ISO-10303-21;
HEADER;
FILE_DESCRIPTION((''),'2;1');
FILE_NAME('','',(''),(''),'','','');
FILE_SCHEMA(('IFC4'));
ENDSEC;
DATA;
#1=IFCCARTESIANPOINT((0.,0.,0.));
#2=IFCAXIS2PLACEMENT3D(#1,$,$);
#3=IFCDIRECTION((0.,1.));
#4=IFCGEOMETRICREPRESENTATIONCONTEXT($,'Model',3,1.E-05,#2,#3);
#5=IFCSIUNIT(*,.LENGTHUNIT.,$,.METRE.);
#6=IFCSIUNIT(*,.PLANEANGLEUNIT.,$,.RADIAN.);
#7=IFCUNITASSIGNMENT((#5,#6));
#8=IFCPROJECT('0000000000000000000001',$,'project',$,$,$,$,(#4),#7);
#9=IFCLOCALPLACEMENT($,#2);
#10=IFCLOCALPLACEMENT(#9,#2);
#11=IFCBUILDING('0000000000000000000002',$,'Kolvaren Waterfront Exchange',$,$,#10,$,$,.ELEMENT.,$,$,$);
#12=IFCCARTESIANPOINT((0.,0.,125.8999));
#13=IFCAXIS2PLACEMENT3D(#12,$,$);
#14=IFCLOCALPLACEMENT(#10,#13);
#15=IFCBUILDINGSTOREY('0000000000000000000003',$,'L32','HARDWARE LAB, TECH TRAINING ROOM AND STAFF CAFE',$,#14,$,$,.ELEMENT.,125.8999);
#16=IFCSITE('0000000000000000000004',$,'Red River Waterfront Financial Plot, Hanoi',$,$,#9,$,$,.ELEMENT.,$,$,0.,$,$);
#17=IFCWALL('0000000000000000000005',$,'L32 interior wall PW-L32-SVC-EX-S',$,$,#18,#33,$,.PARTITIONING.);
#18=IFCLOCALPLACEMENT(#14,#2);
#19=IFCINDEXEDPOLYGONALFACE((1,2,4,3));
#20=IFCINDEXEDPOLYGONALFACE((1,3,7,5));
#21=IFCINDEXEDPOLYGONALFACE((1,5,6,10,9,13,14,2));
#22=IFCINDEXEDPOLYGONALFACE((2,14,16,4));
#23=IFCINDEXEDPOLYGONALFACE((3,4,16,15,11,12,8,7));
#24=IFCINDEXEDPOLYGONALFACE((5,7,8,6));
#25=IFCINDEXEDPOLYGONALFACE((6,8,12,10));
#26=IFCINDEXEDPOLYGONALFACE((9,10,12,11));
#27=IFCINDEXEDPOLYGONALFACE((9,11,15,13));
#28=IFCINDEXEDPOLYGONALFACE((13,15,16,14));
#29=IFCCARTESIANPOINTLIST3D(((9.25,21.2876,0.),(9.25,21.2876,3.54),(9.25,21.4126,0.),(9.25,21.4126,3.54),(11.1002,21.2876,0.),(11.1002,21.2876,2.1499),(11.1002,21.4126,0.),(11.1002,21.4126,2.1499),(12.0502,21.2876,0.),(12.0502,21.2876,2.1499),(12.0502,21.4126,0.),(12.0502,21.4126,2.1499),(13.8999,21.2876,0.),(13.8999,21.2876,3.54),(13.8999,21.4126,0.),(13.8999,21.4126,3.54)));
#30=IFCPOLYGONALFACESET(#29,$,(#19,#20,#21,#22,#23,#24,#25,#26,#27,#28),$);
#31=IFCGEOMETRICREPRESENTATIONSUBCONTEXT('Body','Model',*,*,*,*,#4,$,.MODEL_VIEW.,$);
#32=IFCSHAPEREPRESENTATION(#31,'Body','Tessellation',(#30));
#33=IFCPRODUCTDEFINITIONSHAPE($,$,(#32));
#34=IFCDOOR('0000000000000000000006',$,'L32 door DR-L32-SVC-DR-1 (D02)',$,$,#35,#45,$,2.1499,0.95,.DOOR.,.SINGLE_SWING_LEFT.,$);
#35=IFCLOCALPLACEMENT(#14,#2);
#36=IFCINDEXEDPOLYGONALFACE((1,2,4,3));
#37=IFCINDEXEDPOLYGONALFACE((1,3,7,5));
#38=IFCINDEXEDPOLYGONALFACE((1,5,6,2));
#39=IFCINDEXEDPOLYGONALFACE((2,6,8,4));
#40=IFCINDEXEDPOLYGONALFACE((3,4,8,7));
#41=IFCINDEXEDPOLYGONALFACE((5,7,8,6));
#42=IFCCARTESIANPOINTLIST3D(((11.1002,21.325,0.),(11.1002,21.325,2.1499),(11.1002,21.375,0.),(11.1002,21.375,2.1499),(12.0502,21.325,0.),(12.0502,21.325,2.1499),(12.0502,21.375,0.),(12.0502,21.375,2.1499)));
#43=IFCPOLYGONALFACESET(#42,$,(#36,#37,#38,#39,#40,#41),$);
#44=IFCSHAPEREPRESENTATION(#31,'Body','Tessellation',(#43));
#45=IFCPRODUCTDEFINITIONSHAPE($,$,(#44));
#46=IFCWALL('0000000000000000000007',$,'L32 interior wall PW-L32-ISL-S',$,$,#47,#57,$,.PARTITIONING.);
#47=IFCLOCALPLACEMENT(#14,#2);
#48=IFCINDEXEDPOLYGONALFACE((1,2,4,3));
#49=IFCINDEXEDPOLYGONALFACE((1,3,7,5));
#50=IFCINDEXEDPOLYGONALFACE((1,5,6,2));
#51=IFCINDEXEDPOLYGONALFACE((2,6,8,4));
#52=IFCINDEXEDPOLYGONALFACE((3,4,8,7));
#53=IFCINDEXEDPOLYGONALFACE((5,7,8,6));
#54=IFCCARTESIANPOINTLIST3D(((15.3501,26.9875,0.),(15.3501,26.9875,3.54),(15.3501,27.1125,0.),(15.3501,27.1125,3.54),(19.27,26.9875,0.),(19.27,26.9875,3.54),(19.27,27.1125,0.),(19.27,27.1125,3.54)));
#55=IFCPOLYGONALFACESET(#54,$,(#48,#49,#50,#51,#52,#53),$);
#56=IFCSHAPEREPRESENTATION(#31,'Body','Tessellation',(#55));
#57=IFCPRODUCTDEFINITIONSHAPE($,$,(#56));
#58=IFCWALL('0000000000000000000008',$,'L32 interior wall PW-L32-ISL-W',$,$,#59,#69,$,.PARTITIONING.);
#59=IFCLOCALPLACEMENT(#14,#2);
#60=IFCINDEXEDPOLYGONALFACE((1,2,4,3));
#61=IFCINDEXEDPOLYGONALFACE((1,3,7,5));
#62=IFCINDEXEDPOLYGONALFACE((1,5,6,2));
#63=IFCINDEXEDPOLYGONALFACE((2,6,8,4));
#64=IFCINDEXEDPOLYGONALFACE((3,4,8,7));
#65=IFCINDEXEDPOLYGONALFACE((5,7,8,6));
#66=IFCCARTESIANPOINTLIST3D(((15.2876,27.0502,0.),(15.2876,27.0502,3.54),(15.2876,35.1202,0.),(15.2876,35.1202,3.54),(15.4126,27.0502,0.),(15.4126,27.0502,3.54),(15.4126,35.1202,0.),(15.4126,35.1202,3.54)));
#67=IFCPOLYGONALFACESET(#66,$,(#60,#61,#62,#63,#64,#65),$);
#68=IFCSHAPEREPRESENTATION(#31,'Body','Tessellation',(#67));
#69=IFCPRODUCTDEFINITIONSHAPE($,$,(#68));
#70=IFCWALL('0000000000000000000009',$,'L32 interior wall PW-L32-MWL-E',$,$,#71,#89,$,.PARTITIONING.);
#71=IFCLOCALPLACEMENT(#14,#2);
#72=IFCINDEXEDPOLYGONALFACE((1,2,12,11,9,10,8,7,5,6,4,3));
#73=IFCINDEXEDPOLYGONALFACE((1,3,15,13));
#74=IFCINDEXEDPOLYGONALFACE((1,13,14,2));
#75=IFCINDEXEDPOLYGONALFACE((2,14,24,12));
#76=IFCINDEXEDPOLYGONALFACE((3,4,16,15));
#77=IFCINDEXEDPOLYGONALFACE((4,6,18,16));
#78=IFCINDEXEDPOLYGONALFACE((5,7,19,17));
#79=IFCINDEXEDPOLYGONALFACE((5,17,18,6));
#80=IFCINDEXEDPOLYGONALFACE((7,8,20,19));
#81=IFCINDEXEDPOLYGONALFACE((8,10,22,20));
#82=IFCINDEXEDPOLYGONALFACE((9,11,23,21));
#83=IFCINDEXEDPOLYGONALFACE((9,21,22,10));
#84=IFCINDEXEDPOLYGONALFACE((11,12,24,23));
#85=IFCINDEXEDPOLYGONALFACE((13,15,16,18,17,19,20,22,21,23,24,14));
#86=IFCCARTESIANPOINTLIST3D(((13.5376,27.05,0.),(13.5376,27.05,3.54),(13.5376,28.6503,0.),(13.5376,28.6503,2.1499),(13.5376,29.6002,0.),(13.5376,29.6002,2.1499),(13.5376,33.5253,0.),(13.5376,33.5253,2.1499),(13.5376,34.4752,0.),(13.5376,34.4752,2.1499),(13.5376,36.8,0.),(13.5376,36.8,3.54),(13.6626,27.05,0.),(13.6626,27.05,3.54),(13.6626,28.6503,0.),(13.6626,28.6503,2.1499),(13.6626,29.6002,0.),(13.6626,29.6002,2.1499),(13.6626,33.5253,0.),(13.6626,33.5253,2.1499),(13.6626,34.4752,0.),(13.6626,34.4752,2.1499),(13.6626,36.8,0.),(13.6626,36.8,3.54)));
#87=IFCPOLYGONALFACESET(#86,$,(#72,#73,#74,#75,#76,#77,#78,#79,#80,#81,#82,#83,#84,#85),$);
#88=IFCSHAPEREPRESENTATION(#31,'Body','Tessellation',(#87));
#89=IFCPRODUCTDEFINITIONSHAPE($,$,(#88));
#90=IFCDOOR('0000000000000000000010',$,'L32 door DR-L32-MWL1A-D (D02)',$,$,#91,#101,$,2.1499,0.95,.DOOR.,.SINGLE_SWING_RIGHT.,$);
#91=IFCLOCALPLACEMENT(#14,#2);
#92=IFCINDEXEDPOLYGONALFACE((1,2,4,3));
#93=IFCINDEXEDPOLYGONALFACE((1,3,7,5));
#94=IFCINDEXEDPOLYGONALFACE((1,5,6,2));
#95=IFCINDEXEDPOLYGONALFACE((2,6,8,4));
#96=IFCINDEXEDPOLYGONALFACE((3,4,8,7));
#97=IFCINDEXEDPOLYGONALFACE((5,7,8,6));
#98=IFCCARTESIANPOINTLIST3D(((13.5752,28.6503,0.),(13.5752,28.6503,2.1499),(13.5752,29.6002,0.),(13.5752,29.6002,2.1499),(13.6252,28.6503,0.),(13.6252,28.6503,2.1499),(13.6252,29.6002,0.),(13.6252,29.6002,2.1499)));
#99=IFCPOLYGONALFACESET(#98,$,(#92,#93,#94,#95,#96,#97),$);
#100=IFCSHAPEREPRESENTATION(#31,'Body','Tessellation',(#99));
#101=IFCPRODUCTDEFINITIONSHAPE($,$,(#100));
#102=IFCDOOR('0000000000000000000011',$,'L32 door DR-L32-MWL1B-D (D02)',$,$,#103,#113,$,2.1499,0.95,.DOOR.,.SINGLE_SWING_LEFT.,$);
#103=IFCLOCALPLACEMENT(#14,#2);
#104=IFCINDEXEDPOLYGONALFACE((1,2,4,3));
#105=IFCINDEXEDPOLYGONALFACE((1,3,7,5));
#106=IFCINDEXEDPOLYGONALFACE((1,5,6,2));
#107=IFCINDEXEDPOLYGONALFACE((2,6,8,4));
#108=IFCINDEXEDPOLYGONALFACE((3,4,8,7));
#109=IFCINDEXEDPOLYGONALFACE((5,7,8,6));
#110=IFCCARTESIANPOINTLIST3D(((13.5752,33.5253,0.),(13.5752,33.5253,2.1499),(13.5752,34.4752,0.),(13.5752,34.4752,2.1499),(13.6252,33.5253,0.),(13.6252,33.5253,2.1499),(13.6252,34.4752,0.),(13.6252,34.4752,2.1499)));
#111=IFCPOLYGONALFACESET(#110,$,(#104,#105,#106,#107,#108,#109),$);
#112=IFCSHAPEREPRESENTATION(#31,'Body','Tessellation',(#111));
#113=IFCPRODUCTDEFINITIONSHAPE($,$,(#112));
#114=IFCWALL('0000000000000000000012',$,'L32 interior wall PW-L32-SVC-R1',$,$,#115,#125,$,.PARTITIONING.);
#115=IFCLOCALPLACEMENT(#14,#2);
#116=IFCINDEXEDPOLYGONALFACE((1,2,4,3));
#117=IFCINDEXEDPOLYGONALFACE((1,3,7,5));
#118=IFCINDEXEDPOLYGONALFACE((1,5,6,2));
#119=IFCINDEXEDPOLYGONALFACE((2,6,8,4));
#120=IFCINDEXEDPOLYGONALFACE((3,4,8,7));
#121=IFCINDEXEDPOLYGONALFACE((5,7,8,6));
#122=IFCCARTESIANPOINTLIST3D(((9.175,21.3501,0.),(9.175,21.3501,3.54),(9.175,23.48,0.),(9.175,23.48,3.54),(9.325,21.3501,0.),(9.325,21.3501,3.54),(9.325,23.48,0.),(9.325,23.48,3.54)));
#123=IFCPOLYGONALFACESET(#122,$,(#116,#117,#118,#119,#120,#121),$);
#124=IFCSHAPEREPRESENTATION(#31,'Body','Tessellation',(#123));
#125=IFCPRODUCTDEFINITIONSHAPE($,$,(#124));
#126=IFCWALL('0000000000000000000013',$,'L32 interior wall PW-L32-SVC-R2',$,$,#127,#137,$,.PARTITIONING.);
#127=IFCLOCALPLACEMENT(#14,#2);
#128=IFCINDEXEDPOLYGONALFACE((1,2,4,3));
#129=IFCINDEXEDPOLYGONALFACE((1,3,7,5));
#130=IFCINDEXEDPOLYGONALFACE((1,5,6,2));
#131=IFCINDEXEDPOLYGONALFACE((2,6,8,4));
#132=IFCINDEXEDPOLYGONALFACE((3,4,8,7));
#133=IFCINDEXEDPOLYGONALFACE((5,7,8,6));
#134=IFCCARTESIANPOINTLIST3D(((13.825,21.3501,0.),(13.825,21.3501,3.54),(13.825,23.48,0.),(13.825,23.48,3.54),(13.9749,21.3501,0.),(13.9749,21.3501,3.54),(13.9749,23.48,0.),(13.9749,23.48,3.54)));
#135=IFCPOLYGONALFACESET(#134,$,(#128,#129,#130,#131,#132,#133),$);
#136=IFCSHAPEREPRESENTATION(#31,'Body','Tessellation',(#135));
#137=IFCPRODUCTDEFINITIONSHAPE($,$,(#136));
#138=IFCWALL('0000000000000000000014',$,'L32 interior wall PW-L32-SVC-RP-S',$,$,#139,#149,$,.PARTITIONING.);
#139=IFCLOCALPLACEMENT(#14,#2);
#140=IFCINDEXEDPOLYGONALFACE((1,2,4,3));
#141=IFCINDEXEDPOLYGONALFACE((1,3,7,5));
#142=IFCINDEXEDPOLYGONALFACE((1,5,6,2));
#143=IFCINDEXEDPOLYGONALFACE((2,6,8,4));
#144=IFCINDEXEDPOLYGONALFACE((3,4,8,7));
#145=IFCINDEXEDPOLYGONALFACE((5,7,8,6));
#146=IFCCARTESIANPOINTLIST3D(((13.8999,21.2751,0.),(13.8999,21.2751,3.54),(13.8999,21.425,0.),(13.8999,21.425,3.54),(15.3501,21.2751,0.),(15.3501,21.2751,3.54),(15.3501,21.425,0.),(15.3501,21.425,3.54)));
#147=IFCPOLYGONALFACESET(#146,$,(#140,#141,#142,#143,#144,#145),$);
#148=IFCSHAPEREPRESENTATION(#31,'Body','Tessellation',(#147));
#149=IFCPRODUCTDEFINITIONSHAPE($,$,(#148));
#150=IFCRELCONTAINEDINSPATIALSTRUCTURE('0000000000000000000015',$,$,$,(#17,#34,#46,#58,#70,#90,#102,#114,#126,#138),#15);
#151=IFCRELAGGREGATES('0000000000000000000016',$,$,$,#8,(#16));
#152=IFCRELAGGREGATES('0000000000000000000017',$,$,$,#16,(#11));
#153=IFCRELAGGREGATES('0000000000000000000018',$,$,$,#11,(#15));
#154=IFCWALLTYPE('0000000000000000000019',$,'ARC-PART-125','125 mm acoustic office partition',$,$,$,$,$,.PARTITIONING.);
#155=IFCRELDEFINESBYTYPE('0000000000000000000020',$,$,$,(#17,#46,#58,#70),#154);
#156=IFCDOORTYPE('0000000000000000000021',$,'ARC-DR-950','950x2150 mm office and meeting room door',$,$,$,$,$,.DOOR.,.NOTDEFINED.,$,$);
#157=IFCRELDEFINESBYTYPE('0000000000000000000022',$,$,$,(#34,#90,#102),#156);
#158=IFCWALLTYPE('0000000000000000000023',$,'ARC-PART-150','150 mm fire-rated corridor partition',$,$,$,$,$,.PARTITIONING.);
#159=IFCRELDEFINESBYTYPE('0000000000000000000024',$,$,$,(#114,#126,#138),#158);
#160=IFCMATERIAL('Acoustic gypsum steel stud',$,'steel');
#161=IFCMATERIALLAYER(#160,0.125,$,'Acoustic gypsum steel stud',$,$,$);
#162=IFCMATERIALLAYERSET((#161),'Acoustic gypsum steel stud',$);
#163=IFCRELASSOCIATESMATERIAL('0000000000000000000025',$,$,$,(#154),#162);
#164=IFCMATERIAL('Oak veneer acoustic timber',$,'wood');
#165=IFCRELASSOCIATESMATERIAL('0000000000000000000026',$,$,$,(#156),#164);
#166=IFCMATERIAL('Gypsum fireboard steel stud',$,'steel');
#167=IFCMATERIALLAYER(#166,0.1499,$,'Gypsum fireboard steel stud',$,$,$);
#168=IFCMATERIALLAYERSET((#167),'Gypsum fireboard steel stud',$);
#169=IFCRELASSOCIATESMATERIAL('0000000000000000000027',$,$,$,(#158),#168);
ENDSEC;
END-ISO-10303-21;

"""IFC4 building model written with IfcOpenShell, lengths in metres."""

from ifc_helpers import new_model, si_unit, direction, frame, frame_2d, origin, place, context, subcontext, project, spatial, rectangle, extrude, material, layer, layer_set, type_object, element, fill, save


model = new_model("IFC4")

# Units and contexts
model_context = context("Model", 3, precision=1e-05, world=origin(), true_north=direction((0.0, 1.0)))
body_context = subcontext(model_context, "Body", "Model", "MODEL_VIEW")
ifc_project = project(units=[si_unit("LENGTHUNIT", "METRE"), si_unit("PLANEANGLEUNIT", "RADIAN")], contexts=[model_context])

# Site, building, storey
site_placement = place(None, origin())
site = spatial("IfcSite", under=ifc_project, at=site_placement, Name="Red River Waterfront Financial Plot, Hanoi", CompositionType="ELEMENT", RefElevation=0.0)
building_placement = place(site_placement, origin())
building = spatial("IfcBuilding", under=site, at=building_placement, Name="Kolvaren Waterfront Exchange", CompositionType="ELEMENT")
storey_placement = place(building_placement, frame((0.0, 0.0, 125.8999)))
storey = spatial("IfcBuildingStorey", under=building, at=storey_placement, Name="L32", Description="HARDWARE LAB, TECH TRAINING ROOM AND STAFF CAFE", CompositionType="ELEMENT", Elevation=125.8999)

# Wall, opening, door
ifc_material_1 = material(Name="Acoustic gypsum steel stud", Category="steel")
ifc_layer_1 = layer(ifc_material_1, 0.125, Name="Acoustic gypsum steel stud")
ifc_layer_set_1 = layer_set([ifc_layer_1], Name="Acoustic gypsum steel stud")
wall_type_1 = type_object("IfcWallType", Name="ARC-PART-125", Description="125 mm acoustic office partition", PredefinedType="PARTITIONING", material=ifc_layer_set_1)
wall_1_placement = place(storey_placement, frame((9.25, 21.3501, 0.0), z_axis=(0.0, 0.0, 1.0), x_axis=(1.0, 0.0, 0.0)))
wall_1 = element("IfcWall", 1, at=wall_1_placement, inside=storey, type_object=wall_type_1, Name="L32 interior wall PW-L32-SVC-EX-S", PredefinedType="PARTITIONING", context=body_context, shape_type="SweptSolid", body=[
    extrude(rectangle(XDim=4.6499, YDim=0.125, at=frame_2d((2.325, 0.0))), origin(), (0.0, 0.0, 1.0), 3.54),
])
opening_1_placement = place(wall_1_placement, frame((1.8501, 0.0, 0.0)))
opening_1 = element("IfcOpeningElement", 2, at=opening_1_placement, cuts=wall_1, PredefinedType="OPENING", context=body_context, shape_type="SweptSolid", body=[
    extrude(rectangle(XDim=0.95, YDim=2.1499, at=frame_2d((0.4751, 1.075))), frame((0.0, 0.0725, 0.0), z_axis=(0.0, -1.0, 0.0), x_axis=(1.0, 0.0, 0.0)), (0.0, 0.0, 1.0), 0.145),
])
ifc_material_2 = material(Name="Oak veneer acoustic timber", Category="wood")
door_type_1 = type_object("IfcDoorType", Name="ARC-DR-950", Description="950x2150 mm office and meeting room door", OperationType="NOTDEFINED", PredefinedType="DOOR", material=ifc_material_2)
door_1_placement = place(opening_1_placement, origin())
door_1 = element("IfcDoor", 3, at=door_1_placement, inside=storey, type_object=door_type_1, Name="L32 door DR-L32-SVC-DR-1 (D02)", OperationType="SINGLE_SWING_LEFT", OverallHeight=2.1499, OverallWidth=0.95, PredefinedType="DOOR", context=body_context, shape_type="SweptSolid", body=[
    extrude(rectangle(XDim=0.95, YDim=2.1499, at=frame_2d((0.4751, 1.075))), frame((0.0, 0.0249, 0.0), z_axis=(0.0, -1.0, 0.0), x_axis=(1.0, 0.0, 0.0)), (0.0, 0.0, 1.0), 0.05),
])
fill(opening_1, door_1)

# Walls
wall_2_placement = place(storey_placement, frame((15.3501, 27.05, 0.0), z_axis=(0.0, 0.0, 1.0), x_axis=(1.0, 0.0, 0.0)))
element("IfcWall", 4, at=wall_2_placement, inside=storey, type_object=wall_type_1, Name="L32 interior wall PW-L32-ISL-S", PredefinedType="PARTITIONING", context=body_context, shape_type="SweptSolid", body=[
    extrude(rectangle(XDim=3.9199, YDim=0.125, at=frame_2d((1.96, 0.0))), origin(), (0.0, 0.0, 1.0), 3.54),
])
wall_3_placement = place(storey_placement, frame((15.3501, 27.05, 0.0), z_axis=(0.0, 0.0, 1.0), x_axis=(0.0, 1.0, 0.0)))
element("IfcWall", 5, at=wall_3_placement, inside=storey, type_object=wall_type_1, Name="L32 interior wall PW-L32-ISL-W", PredefinedType="PARTITIONING", context=body_context, shape_type="SweptSolid", body=[
    extrude(rectangle(XDim=8.0701, YDim=0.125, at=frame_2d((4.0352, 0.0))), origin(), (0.0, 0.0, 1.0), 3.54),
])

# Wall, openings, doors
wall_4_placement = place(storey_placement, frame((13.6001, 27.05, 0.0), z_axis=(0.0, 0.0, 1.0), x_axis=(0.0, 1.0, 0.0)))
wall_4 = element("IfcWall", 6, at=wall_4_placement, inside=storey, type_object=wall_type_1, Name="L32 interior wall PW-L32-MWL-E", PredefinedType="PARTITIONING", context=body_context, shape_type="SweptSolid", body=[
    extrude(rectangle(XDim=9.75, YDim=0.125, at=frame_2d((4.875, 0.0))), origin(), (0.0, 0.0, 1.0), 3.54),
])
opening_2_placement = place(wall_4_placement, frame((1.6001, 0.0, 0.0)))
opening_2 = element("IfcOpeningElement", 7, at=opening_2_placement, cuts=wall_4, PredefinedType="OPENING", context=body_context, shape_type="SweptSolid", body=[
    extrude(rectangle(XDim=0.95, YDim=2.1499, at=frame_2d((0.4751, 1.075))), frame((0.0, 0.0725, 0.0), z_axis=(0.0, -1.0, 0.0), x_axis=(1.0, 0.0, 0.0)), (0.0, 0.0, 1.0), 0.145),
])
opening_3_placement = place(wall_4_placement, frame((6.4751, 0.0, 0.0)))
opening_3 = element("IfcOpeningElement", 8, at=opening_3_placement, cuts=wall_4, PredefinedType="OPENING", context=body_context, shape_type="SweptSolid", body=[
    extrude(rectangle(XDim=0.95, YDim=2.1499, at=frame_2d((0.4751, 1.075))), frame((0.0, 0.0725, 0.0), z_axis=(0.0, -1.0, 0.0), x_axis=(1.0, 0.0, 0.0)), (0.0, 0.0, 1.0), 0.145),
])
door_2_placement = place(opening_2_placement, origin())
door_2 = element("IfcDoor", 9, at=door_2_placement, inside=storey, type_object=door_type_1, Name="L32 door DR-L32-MWL1A-D (D02)", OperationType="SINGLE_SWING_RIGHT", OverallHeight=2.1499, OverallWidth=0.95, PredefinedType="DOOR", context=body_context, shape_type="SweptSolid", body=[
    extrude(rectangle(XDim=0.95, YDim=2.1499, at=frame_2d((0.4751, 1.075))), frame((0.0, 0.0249, 0.0), z_axis=(0.0, -1.0, 0.0), x_axis=(1.0, 0.0, 0.0)), (0.0, 0.0, 1.0), 0.05),
])
fill(opening_2, door_2)
door_3_placement = place(opening_3_placement, origin())
door_3 = element("IfcDoor", 10, at=door_3_placement, inside=storey, type_object=door_type_1, Name="L32 door DR-L32-MWL1B-D (D02)", OperationType="SINGLE_SWING_LEFT", OverallHeight=2.1499, OverallWidth=0.95, PredefinedType="DOOR", context=body_context, shape_type="SweptSolid", body=[
    extrude(rectangle(XDim=0.95, YDim=2.1499, at=frame_2d((0.4751, 1.075))), frame((0.0, 0.0249, 0.0), z_axis=(0.0, -1.0, 0.0), x_axis=(1.0, 0.0, 0.0)), (0.0, 0.0, 1.0), 0.05),
])
fill(opening_3, door_3)

# Walls
ifc_material_3 = material(Name="Gypsum fireboard steel stud", Category="steel")
ifc_layer_2 = layer(ifc_material_3, 0.1499, Name="Gypsum fireboard steel stud")
ifc_layer_set_2 = layer_set([ifc_layer_2], Name="Gypsum fireboard steel stud")
wall_type_2 = type_object("IfcWallType", Name="ARC-PART-150", Description="150 mm fire-rated corridor partition", PredefinedType="PARTITIONING", material=ifc_layer_set_2)
for number, where, z_axis, x_axis, name in (
    (11, (9.25, 21.3501, 0.0), (0.0, 0.0, 1.0), (0.0, 1.0, 0.0), "L32 interior wall PW-L32-SVC-R1"),
    (12, (13.8999, 21.3501, 0.0), (0.0, 0.0, 1.0), (0.0, 1.0, 0.0), "L32 interior wall PW-L32-SVC-R2"),
):
    element("IfcWall", number, at=place(storey_placement, frame(where, z_axis=z_axis, x_axis=x_axis)), inside=storey, type_object=wall_type_2, Name=name, PredefinedType="PARTITIONING", context=body_context, shape_type="SweptSolid", body=[
        extrude(rectangle(XDim=2.1299, YDim=0.1499, at=frame_2d((1.0649, 0.0))), origin(), (0.0, 0.0, 1.0), 3.54),
    ])

# Wall
wall_5_placement = place(storey_placement, frame((13.8999, 21.3501, 0.0), z_axis=(0.0, 0.0, 1.0), x_axis=(1.0, 0.0, 0.0)))
element("IfcWall", 13, at=wall_5_placement, inside=storey, type_object=wall_type_2, Name="L32 interior wall PW-L32-SVC-RP-S", PredefinedType="PARTITIONING", context=body_context, shape_type="SweptSolid", body=[
    extrude(rectangle(XDim=1.4502, YDim=0.1499, at=frame_2d((0.7251, 0.0))), origin(), (0.0, 0.0, 1.0), 3.54),
])

save(model, "model.ifc")
